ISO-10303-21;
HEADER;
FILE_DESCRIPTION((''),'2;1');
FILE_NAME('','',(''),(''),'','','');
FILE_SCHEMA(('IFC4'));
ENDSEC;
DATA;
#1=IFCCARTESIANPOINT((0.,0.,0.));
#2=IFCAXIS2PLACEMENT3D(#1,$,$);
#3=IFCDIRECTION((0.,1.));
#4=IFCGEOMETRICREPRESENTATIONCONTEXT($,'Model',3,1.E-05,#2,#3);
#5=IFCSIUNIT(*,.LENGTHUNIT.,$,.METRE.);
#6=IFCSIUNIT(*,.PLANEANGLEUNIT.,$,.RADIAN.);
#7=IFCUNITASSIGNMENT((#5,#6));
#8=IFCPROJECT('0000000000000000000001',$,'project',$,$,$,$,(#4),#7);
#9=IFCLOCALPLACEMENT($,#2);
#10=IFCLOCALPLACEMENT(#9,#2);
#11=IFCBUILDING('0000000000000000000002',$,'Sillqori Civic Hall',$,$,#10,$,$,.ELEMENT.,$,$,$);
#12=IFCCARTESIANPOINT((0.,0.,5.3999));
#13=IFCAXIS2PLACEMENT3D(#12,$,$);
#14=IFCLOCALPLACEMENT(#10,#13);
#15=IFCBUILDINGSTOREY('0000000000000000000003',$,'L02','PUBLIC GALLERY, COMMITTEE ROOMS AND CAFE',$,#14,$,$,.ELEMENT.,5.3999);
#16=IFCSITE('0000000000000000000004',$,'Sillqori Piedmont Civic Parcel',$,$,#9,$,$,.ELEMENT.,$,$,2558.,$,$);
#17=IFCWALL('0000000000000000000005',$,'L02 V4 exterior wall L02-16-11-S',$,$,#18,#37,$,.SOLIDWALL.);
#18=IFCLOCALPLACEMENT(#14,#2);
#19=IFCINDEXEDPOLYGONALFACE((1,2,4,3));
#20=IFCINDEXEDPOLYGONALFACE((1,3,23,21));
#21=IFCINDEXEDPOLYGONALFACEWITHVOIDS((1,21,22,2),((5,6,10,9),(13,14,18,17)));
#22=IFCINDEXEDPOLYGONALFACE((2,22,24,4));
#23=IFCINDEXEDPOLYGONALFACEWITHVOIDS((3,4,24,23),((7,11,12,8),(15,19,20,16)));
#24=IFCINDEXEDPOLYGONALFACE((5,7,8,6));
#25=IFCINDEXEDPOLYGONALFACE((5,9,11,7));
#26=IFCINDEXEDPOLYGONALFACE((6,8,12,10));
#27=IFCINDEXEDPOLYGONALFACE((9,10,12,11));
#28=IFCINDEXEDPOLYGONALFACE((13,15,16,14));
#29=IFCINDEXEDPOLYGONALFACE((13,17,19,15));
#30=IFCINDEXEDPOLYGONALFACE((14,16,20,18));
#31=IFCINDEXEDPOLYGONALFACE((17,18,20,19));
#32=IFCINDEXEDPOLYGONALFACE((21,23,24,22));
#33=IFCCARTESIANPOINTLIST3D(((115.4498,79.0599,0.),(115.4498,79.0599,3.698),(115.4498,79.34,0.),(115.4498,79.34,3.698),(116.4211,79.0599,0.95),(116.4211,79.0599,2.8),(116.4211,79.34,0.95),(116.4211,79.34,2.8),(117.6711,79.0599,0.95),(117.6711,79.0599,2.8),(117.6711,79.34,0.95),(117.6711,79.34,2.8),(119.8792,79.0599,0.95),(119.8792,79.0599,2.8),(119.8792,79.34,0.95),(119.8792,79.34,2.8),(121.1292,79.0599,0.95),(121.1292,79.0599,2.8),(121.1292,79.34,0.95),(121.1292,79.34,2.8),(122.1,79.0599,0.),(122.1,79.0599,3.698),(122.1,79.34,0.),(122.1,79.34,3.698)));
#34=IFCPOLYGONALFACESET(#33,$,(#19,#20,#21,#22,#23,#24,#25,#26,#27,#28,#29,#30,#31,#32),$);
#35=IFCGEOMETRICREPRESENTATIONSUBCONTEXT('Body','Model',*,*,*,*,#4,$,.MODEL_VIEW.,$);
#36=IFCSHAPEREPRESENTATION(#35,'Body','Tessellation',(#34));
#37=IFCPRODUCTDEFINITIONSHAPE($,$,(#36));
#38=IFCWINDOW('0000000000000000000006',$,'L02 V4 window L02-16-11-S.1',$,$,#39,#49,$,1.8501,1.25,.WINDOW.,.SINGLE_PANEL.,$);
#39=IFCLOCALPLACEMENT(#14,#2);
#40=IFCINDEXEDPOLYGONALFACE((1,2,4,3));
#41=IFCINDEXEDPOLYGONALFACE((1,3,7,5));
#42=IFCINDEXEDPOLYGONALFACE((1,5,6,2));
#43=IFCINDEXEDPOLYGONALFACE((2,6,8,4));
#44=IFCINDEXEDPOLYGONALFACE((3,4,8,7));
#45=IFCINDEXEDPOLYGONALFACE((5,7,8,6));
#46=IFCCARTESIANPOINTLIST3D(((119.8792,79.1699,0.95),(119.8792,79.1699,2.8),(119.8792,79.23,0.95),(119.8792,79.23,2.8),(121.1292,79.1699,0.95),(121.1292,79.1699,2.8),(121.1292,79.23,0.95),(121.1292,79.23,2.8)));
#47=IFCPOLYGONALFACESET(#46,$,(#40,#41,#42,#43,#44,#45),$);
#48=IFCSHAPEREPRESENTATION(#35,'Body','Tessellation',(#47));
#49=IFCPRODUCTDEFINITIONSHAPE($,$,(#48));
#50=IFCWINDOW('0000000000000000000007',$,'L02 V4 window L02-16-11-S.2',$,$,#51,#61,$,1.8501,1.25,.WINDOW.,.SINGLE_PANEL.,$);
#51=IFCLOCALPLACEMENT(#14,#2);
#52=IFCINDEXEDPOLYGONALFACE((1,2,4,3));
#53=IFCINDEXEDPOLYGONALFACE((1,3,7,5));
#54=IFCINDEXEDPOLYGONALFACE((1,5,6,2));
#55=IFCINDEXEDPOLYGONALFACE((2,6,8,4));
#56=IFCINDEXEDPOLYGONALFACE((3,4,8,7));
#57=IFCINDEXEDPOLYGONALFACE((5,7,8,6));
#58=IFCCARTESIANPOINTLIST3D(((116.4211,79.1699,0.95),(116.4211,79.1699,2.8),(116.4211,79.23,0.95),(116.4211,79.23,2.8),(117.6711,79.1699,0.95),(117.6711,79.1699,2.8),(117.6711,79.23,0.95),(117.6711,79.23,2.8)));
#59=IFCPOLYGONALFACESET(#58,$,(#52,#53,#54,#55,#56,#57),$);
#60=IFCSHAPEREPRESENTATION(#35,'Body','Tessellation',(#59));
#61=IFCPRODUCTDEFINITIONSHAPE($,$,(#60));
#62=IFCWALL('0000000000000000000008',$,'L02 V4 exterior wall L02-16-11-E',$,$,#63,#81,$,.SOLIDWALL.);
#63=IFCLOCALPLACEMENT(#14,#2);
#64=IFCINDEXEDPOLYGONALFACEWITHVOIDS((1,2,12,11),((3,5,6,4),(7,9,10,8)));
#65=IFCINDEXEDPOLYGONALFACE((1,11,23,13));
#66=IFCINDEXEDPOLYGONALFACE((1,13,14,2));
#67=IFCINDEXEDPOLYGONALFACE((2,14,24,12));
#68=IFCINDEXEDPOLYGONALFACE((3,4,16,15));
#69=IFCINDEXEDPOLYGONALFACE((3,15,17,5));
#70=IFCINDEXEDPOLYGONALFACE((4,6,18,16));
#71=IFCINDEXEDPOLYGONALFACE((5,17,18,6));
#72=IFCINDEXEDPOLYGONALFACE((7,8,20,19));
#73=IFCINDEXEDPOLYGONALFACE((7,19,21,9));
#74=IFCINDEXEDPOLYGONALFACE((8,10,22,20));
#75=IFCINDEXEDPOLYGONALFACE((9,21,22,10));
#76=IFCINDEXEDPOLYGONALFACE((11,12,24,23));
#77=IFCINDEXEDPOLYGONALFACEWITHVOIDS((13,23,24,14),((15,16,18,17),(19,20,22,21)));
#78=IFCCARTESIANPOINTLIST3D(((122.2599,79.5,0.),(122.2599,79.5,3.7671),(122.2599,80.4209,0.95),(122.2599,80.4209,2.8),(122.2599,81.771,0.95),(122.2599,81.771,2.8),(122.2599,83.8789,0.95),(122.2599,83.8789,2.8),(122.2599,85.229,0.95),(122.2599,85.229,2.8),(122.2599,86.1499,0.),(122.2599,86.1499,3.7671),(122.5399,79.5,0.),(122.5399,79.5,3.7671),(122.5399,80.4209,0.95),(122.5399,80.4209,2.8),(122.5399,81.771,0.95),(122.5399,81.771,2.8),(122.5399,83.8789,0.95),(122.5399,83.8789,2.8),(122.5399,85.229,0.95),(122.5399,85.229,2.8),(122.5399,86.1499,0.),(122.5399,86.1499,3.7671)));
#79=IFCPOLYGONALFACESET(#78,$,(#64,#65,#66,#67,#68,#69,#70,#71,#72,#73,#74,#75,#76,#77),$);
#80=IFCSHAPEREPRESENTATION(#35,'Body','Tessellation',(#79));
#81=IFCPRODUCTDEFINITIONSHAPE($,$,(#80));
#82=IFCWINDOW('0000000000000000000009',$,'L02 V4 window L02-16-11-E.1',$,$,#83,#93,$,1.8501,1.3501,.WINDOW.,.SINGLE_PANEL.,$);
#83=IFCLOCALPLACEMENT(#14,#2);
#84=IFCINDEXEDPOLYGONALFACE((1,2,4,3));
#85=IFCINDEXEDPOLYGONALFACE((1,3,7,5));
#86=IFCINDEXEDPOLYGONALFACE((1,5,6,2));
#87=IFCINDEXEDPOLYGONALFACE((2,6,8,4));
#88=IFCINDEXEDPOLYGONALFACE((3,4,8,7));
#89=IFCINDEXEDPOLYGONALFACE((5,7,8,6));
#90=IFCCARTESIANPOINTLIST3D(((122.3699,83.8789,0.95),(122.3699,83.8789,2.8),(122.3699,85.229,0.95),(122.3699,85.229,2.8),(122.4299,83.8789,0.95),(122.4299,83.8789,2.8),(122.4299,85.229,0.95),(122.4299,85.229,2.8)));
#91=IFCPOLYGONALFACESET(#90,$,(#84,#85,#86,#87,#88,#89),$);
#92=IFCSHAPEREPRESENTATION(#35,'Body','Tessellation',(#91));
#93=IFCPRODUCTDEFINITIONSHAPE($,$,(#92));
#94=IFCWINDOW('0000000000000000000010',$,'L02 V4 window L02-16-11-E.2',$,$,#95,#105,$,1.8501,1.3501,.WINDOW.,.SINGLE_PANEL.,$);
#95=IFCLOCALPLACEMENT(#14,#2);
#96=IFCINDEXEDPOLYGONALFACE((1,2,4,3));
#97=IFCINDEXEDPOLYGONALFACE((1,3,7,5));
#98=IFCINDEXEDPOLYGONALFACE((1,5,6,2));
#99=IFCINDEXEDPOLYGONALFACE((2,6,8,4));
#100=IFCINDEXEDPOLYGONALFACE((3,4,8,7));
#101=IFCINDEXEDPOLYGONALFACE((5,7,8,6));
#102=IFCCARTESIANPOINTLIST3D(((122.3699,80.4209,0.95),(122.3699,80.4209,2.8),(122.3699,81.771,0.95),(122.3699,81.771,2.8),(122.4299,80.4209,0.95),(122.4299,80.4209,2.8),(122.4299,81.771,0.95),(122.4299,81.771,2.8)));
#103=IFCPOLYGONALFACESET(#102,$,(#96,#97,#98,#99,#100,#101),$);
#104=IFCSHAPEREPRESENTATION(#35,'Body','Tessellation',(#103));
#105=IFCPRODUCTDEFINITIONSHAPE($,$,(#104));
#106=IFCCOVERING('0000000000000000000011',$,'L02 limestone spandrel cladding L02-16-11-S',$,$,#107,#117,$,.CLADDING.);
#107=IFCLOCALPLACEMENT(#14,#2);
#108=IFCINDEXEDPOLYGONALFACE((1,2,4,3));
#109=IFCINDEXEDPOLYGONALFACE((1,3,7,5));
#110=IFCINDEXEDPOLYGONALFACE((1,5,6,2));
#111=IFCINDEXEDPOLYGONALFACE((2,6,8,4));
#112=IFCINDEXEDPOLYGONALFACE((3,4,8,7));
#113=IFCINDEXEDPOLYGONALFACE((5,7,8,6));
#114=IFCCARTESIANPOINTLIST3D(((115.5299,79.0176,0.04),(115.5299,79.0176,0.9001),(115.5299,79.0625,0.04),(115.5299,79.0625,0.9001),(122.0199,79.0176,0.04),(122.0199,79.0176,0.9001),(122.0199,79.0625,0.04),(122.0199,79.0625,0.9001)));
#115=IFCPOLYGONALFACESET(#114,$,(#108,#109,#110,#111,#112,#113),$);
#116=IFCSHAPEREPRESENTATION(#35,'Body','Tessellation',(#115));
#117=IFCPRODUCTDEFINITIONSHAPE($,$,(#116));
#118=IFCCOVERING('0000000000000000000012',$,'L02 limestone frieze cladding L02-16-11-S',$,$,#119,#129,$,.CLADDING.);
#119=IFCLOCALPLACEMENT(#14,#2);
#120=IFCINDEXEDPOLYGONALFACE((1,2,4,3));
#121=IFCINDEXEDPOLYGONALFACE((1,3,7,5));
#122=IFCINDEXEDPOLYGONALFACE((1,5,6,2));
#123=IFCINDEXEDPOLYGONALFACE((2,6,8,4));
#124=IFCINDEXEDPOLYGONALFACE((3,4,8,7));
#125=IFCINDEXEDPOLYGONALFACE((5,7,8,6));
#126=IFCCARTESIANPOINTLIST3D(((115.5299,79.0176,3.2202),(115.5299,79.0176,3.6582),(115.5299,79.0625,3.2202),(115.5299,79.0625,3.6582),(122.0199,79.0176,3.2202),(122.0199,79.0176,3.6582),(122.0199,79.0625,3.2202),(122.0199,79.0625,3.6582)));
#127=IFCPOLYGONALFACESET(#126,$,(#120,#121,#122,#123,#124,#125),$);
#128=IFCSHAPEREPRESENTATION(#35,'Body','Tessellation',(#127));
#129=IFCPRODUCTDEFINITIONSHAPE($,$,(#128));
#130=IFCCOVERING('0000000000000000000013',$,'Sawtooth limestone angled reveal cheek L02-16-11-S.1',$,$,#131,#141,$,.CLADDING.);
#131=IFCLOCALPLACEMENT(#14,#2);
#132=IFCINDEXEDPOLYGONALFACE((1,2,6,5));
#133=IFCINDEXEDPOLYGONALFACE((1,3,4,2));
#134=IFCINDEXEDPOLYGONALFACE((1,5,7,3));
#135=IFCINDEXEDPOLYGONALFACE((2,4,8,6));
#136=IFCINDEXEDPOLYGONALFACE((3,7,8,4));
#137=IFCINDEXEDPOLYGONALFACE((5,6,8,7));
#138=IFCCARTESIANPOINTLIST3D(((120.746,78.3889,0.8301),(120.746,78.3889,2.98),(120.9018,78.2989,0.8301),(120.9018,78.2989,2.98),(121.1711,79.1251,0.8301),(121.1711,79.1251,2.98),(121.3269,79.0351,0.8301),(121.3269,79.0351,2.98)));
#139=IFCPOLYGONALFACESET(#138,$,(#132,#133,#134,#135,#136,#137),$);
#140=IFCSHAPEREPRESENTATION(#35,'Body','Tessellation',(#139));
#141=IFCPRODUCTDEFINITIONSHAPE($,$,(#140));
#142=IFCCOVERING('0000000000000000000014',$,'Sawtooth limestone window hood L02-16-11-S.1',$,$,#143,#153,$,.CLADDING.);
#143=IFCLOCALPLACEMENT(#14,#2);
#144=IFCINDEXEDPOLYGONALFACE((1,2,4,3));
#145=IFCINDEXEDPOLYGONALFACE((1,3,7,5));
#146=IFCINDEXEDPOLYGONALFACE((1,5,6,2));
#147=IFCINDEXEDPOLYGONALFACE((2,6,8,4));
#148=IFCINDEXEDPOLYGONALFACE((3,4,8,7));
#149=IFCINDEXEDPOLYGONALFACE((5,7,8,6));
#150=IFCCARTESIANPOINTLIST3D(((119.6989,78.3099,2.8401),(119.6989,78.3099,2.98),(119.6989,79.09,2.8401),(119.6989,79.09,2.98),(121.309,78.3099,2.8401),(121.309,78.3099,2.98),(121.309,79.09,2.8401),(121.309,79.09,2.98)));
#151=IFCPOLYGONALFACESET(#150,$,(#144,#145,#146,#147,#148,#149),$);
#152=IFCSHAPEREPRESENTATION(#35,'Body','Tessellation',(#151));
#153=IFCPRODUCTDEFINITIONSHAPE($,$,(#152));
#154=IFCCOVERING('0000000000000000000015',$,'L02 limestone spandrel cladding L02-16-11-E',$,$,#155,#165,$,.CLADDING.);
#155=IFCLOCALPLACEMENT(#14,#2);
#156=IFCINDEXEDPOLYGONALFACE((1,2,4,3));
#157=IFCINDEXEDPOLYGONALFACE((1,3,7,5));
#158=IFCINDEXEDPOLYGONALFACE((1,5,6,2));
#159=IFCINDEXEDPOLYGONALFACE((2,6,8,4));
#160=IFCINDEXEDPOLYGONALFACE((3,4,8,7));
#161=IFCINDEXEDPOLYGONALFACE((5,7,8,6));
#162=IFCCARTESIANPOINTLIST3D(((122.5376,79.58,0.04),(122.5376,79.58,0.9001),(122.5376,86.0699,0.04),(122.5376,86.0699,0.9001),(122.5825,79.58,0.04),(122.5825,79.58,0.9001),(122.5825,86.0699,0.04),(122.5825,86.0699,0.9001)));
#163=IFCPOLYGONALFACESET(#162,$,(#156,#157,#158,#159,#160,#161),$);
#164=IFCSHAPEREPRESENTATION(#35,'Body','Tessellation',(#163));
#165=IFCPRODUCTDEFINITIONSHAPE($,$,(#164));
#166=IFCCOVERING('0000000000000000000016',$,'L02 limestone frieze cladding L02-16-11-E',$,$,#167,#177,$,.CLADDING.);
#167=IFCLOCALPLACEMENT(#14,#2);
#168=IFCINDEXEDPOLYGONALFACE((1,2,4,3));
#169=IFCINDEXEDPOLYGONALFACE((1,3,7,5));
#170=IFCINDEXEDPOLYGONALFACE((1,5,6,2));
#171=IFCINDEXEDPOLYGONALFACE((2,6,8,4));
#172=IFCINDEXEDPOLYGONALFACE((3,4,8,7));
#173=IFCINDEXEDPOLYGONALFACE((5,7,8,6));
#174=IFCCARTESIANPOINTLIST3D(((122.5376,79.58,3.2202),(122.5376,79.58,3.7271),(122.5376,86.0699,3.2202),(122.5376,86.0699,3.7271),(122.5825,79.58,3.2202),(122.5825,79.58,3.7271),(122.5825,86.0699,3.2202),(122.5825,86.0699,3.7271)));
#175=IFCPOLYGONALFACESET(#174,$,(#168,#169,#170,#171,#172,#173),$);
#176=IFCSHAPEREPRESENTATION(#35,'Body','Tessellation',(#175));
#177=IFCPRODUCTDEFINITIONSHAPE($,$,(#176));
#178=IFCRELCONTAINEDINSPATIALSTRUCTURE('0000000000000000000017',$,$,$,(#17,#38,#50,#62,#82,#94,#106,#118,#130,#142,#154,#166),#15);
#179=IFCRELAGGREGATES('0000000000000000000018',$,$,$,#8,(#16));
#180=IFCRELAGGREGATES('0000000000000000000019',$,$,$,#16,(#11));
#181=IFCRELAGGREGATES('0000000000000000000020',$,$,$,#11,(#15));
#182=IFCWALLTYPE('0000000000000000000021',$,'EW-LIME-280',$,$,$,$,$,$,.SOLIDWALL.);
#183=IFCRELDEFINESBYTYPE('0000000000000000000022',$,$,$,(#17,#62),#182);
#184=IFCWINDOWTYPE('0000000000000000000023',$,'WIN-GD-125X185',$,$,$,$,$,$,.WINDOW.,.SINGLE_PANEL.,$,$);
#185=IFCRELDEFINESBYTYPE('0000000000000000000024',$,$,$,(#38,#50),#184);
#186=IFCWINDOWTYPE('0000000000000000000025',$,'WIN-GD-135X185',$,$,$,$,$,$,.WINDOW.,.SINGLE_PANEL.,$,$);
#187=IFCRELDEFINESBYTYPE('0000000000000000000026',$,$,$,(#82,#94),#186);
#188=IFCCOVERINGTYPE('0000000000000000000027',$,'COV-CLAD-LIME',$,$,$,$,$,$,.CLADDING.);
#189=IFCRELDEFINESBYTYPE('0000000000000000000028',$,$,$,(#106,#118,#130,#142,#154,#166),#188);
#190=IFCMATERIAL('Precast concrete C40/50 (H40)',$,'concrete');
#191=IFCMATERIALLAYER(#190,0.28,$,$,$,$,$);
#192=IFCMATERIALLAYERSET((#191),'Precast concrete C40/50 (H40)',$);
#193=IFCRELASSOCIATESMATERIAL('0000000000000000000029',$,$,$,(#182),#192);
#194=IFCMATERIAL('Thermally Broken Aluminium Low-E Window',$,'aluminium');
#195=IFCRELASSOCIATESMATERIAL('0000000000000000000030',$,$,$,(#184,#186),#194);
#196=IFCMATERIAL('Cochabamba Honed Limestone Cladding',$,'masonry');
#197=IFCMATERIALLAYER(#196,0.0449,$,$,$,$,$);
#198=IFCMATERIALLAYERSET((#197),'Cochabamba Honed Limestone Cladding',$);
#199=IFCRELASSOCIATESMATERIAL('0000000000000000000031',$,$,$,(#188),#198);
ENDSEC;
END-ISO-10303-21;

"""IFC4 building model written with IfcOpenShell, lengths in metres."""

from ifc_helpers import new_model, si_unit, direction, frame, frame_2d, origin, place, context, subcontext, project, spatial, rectangle, extrude, material, layer, layer_set, type_object, element, fill, save


model = new_model("IFC4")

# Units and contexts
model_context = context("Model", 3, precision=1e-05, world=origin(), true_north=direction((0.0, 1.0)))
body_context = subcontext(model_context, "Body", "Model", "MODEL_VIEW")
ifc_project = project(units=[si_unit("LENGTHUNIT", "METRE"), si_unit("PLANEANGLEUNIT", "RADIAN")], contexts=[model_context])

# Site, building, storey
site_placement = place(None, origin())
site = spatial("IfcSite", under=ifc_project, at=site_placement, Name="Sillqori Piedmont Civic Parcel", CompositionType="ELEMENT", RefElevation=2558.0)
building_placement = place(site_placement, origin())
building = spatial("IfcBuilding", under=site, at=building_placement, Name="Sillqori Civic Hall", CompositionType="ELEMENT")
storey_placement = place(building_placement, frame((0.0, 0.0, 5.3999)))
storey = spatial("IfcBuildingStorey", under=building, at=storey_placement, Name="L02", Description="PUBLIC GALLERY, COMMITTEE ROOMS AND CAFE", CompositionType="ELEMENT", Elevation=5.3999)

# Shared definitions
ifc_material_1 = material(Name="Precast concrete C40/50 (H40)", Category="concrete")

# Walls, openings, windows
ifc_layer_1 = layer(ifc_material_1, 0.28)
ifc_layer_set_1 = layer_set([ifc_layer_1], Name="Precast concrete C40/50 (H40)")
wall_type = type_object("IfcWallType", Name="EW-LIME-280", PredefinedType="SOLIDWALL", material=ifc_layer_set_1)
wall_1_placement = place(storey_placement, frame((122.1001, 79.2, 0.0), z_axis=(0.0, 0.0, 1.0), x_axis=(-1.0, 0.0, 0.0)))
wall_1 = element("IfcWall", 1, at=wall_1_placement, inside=storey, type_object=wall_type, Name="L02 V4 exterior wall L02-16-11-S", PredefinedType="SOLIDWALL", context=body_context, shape_type="SweptSolid", body=[
    extrude(rectangle(XDim=6.6501, YDim=0.28, at=frame_2d((3.3252, 0.0))), origin(), (0.0, 0.0, 1.0), 3.698),
])
opening_1_placement = place(wall_1_placement, frame((0.9709, 0.0, 0.95)))
opening_1 = element("IfcOpeningElement", 2, at=opening_1_placement, cuts=wall_1, PredefinedType="OPENING", context=body_context, shape_type="SweptSolid", body=[
    extrude(rectangle(XDim=1.25, YDim=1.8501, at=frame_2d((0.625, 0.925))), frame((0.0, 0.1499, 0.0), z_axis=(0.0, -1.0, 0.0), x_axis=(1.0, 0.0, 0.0)), (0.0, 0.0, 1.0), 0.3),
])
opening_2_placement = place(wall_1_placement, frame((4.429, 0.0, 0.95)))
opening_2 = element("IfcOpeningElement", 3, at=opening_2_placement, cuts=wall_1, PredefinedType="OPENING", context=body_context, shape_type="SweptSolid", body=[
    extrude(rectangle(XDim=1.25, YDim=1.8501, at=frame_2d((0.625, 0.925))), frame((0.0, 0.1499, 0.0), z_axis=(0.0, -1.0, 0.0), x_axis=(1.0, 0.0, 0.0)), (0.0, 0.0, 1.0), 0.3),
])
ifc_material_2 = material(Name="Thermally Broken Aluminium Low-E Window", Category="aluminium")
window_type_1 = type_object("IfcWindowType", Name="WIN-GD-125X185", PartitioningType="SINGLE_PANEL", PredefinedType="WINDOW", material=ifc_material_2)
window_1_placement = place(opening_1_placement, origin())
window_1 = element("IfcWindow", 4, at=window_1_placement, inside=storey, type_object=window_type_1, Name="L02 V4 window L02-16-11-S.1", OverallHeight=1.8501, OverallWidth=1.25, PartitioningType="SINGLE_PANEL", PredefinedType="WINDOW", context=body_context, shape_type="SweptSolid", body=[
    extrude(rectangle(XDim=1.25, YDim=1.8501, at=frame_2d((0.625, 0.925))), frame((0.0, 0.03, 0.0), z_axis=(0.0, -1.0, 0.0), x_axis=(1.0, 0.0, 0.0)), (0.0, 0.0, 1.0), 0.0601),
])
fill(opening_1, window_1)
window_2_placement = place(opening_2_placement, origin())
window_2 = element("IfcWindow", 5, at=window_2_placement, inside=storey, type_object=window_type_1, Name="L02 V4 window L02-16-11-S.2", OverallHeight=1.8501, OverallWidth=1.25, PartitioningType="SINGLE_PANEL", PredefinedType="WINDOW", context=body_context, shape_type="SweptSolid", body=[
    extrude(rectangle(XDim=1.25, YDim=1.8501, at=frame_2d((0.625, 0.925))), frame((0.0, 0.03, 0.0), z_axis=(0.0, -1.0, 0.0), x_axis=(1.0, 0.0, 0.0)), (0.0, 0.0, 1.0), 0.0601),
])
fill(opening_2, window_2)
wall_2_placement = place(storey_placement, frame((122.3999, 86.1499, 0.0), z_axis=(0.0, 0.0, 1.0), x_axis=(0.0, -1.0, 0.0)))
wall_2 = element("IfcWall", 6, at=wall_2_placement, inside=storey, type_object=wall_type, Name="L02 V4 exterior wall L02-16-11-E", PredefinedType="SOLIDWALL", context=body_context, shape_type="SweptSolid", body=[
    extrude(rectangle(XDim=6.6499, YDim=0.28, at=frame_2d((3.325, 0.0))), origin(), (0.0, 0.0, 1.0), 3.7671),
])
opening_3_placement = place(wall_2_placement, frame((0.9209, 0.0, 0.95)))
opening_3 = element("IfcOpeningElement", 7, at=opening_3_placement, cuts=wall_2, PredefinedType="OPENING", context=body_context, shape_type="SweptSolid", body=[
    extrude(rectangle(XDim=1.3501, YDim=1.8501, at=frame_2d((0.675, 0.925))), frame((0.0, 0.1499, 0.0), z_axis=(0.0, -1.0, 0.0), x_axis=(1.0, 0.0, 0.0)), (0.0, 0.0, 1.0), 0.3),
])
opening_4_placement = place(wall_2_placement, frame((4.3789, 0.0, 0.95)))
opening_4 = element("IfcOpeningElement", 8, at=opening_4_placement, cuts=wall_2, PredefinedType="OPENING", context=body_context, shape_type="SweptSolid", body=[
    extrude(rectangle(XDim=1.3501, YDim=1.8501, at=frame_2d((0.675, 0.925))), frame((0.0, 0.1499, 0.0), z_axis=(0.0, -1.0, 0.0), x_axis=(1.0, 0.0, 0.0)), (0.0, 0.0, 1.0), 0.3),
])
window_type_2 = type_object("IfcWindowType", Name="WIN-GD-135X185", PartitioningType="SINGLE_PANEL", PredefinedType="WINDOW", material=ifc_material_2)
window_3_placement = place(opening_3_placement, origin())
window_3 = element("IfcWindow", 9, at=window_3_placement, inside=storey, type_object=window_type_2, Name="L02 V4 window L02-16-11-E.1", OverallHeight=1.8501, OverallWidth=1.3501, PartitioningType="SINGLE_PANEL", PredefinedType="WINDOW", context=body_context, shape_type="SweptSolid", body=[
    extrude(rectangle(XDim=1.3501, YDim=1.8501, at=frame_2d((0.675, 0.925))), frame((0.0, 0.03, 0.0), z_axis=(0.0, -1.0, 0.0), x_axis=(1.0, 0.0, 0.0)), (0.0, 0.0, 1.0), 0.0601),
])
fill(opening_3, window_3)
window_4_placement = place(opening_4_placement, origin())
window_4 = element("IfcWindow", 10, at=window_4_placement, inside=storey, type_object=window_type_2, Name="L02 V4 window L02-16-11-E.2", OverallHeight=1.8501, OverallWidth=1.3501, PartitioningType="SINGLE_PANEL", PredefinedType="WINDOW", context=body_context, shape_type="SweptSolid", body=[
    extrude(rectangle(XDim=1.3501, YDim=1.8501, at=frame_2d((0.675, 0.925))), frame((0.0, 0.03, 0.0), z_axis=(0.0, -1.0, 0.0), x_axis=(1.0, 0.0, 0.0)), (0.0, 0.0, 1.0), 0.0601),
])
fill(opening_4, window_4)

# Coverings
ifc_material_3 = material(Name="Cochabamba Honed Limestone Cladding", Category="masonry")
ifc_layer_2 = layer(ifc_material_3, 0.0449)
ifc_layer_set_2 = layer_set([ifc_layer_2], Name="Cochabamba Honed Limestone Cladding")
covering_type = type_object("IfcCoveringType", Name="COV-CLAD-LIME", PredefinedType="CLADDING", material=ifc_layer_set_2)
covering_1_placement = place(storey_placement, frame((122.02, 79.04, 0.04), z_axis=(0.0, 0.0, 1.0), x_axis=(-1.0, 0.0, 0.0)))
element("IfcCovering", 11, at=covering_1_placement, inside=storey, type_object=covering_type, Name="L02 limestone spandrel cladding L02-16-11-S", PredefinedType="CLADDING", context=body_context, shape_type="SweptSolid", body=[
    extrude(rectangle(XDim=6.49, YDim=0.0449, at=frame_2d((3.2451, 0.0))), origin(), (0.0, 0.0, 1.0), 0.8601),
])
covering_2_placement = place(storey_placement, frame((122.02, 79.04, 3.2202), z_axis=(0.0, 0.0, 1.0), x_axis=(-1.0, 0.0, 0.0)))
element("IfcCovering", 12, at=covering_2_placement, inside=storey, type_object=covering_type, Name="L02 limestone frieze cladding L02-16-11-S", PredefinedType="CLADDING", context=body_context, shape_type="SweptSolid", body=[
    extrude(rectangle(XDim=6.49, YDim=0.0449, at=frame_2d((3.2451, 0.0))), origin(), (0.0, 0.0, 1.0), 0.438),
])
covering_3_placement = place(storey_placement, frame((121.249, 79.0801, 0.8301), z_axis=(0.0, 0.0, 1.0), x_axis=(-0.500062, -0.865989, 0.0)))
element("IfcCovering", 13, at=covering_3_placement, inside=storey, type_object=covering_type, Name="Sawtooth limestone angled reveal cheek L02-16-11-S.1", PredefinedType="CLADDING", context=body_context, shape_type="SweptSolid", body=[
    extrude(rectangle(XDim=0.8501, YDim=0.1799, at=frame_2d((0.425, 0.0))), origin(), (0.0, 0.0, 1.0), 2.1499),
])
covering_4_placement = place(storey_placement, frame((121.3091, 78.7, 2.8401), z_axis=(0.0, 0.0, 1.0), x_axis=(-1.0, 0.0, 0.0)))
element("IfcCovering", 14, at=covering_4_placement, inside=storey, type_object=covering_type, Name="Sawtooth limestone window hood L02-16-11-S.1", PredefinedType="CLADDING", context=body_context, shape_type="SweptSolid", body=[
    extrude(rectangle(XDim=1.6101, YDim=0.78, at=frame_2d((0.8052, 0.0))), origin(), (0.0, 0.0, 1.0), 0.1399),
])
covering_5_placement = place(storey_placement, frame((122.5601, 86.0701, 0.04), z_axis=(0.0, 0.0, 1.0), x_axis=(0.0, -1.0, 0.0)))
element("IfcCovering", 15, at=covering_5_placement, inside=storey, type_object=covering_type, Name="L02 limestone spandrel cladding L02-16-11-E", PredefinedType="CLADDING", context=body_context, shape_type="SweptSolid", body=[
    extrude(rectangle(XDim=6.49, YDim=0.0449, at=frame_2d((3.2451, 0.0))), origin(), (0.0, 0.0, 1.0), 0.8601),
])
covering_6_placement = place(storey_placement, frame((122.5601, 86.0701, 3.2202), z_axis=(0.0, 0.0, 1.0), x_axis=(0.0, -1.0, 0.0)))
element("IfcCovering", 16, at=covering_6_placement, inside=storey, type_object=covering_type, Name="L02 limestone frieze cladding L02-16-11-E", PredefinedType="CLADDING", context=body_context, shape_type="SweptSolid", body=[
    extrude(rectangle(XDim=6.49, YDim=0.0449, at=frame_2d((3.2451, 0.0))), origin(), (0.0, 0.0, 1.0), 0.5068),
])

save(model, "model.ifc")
